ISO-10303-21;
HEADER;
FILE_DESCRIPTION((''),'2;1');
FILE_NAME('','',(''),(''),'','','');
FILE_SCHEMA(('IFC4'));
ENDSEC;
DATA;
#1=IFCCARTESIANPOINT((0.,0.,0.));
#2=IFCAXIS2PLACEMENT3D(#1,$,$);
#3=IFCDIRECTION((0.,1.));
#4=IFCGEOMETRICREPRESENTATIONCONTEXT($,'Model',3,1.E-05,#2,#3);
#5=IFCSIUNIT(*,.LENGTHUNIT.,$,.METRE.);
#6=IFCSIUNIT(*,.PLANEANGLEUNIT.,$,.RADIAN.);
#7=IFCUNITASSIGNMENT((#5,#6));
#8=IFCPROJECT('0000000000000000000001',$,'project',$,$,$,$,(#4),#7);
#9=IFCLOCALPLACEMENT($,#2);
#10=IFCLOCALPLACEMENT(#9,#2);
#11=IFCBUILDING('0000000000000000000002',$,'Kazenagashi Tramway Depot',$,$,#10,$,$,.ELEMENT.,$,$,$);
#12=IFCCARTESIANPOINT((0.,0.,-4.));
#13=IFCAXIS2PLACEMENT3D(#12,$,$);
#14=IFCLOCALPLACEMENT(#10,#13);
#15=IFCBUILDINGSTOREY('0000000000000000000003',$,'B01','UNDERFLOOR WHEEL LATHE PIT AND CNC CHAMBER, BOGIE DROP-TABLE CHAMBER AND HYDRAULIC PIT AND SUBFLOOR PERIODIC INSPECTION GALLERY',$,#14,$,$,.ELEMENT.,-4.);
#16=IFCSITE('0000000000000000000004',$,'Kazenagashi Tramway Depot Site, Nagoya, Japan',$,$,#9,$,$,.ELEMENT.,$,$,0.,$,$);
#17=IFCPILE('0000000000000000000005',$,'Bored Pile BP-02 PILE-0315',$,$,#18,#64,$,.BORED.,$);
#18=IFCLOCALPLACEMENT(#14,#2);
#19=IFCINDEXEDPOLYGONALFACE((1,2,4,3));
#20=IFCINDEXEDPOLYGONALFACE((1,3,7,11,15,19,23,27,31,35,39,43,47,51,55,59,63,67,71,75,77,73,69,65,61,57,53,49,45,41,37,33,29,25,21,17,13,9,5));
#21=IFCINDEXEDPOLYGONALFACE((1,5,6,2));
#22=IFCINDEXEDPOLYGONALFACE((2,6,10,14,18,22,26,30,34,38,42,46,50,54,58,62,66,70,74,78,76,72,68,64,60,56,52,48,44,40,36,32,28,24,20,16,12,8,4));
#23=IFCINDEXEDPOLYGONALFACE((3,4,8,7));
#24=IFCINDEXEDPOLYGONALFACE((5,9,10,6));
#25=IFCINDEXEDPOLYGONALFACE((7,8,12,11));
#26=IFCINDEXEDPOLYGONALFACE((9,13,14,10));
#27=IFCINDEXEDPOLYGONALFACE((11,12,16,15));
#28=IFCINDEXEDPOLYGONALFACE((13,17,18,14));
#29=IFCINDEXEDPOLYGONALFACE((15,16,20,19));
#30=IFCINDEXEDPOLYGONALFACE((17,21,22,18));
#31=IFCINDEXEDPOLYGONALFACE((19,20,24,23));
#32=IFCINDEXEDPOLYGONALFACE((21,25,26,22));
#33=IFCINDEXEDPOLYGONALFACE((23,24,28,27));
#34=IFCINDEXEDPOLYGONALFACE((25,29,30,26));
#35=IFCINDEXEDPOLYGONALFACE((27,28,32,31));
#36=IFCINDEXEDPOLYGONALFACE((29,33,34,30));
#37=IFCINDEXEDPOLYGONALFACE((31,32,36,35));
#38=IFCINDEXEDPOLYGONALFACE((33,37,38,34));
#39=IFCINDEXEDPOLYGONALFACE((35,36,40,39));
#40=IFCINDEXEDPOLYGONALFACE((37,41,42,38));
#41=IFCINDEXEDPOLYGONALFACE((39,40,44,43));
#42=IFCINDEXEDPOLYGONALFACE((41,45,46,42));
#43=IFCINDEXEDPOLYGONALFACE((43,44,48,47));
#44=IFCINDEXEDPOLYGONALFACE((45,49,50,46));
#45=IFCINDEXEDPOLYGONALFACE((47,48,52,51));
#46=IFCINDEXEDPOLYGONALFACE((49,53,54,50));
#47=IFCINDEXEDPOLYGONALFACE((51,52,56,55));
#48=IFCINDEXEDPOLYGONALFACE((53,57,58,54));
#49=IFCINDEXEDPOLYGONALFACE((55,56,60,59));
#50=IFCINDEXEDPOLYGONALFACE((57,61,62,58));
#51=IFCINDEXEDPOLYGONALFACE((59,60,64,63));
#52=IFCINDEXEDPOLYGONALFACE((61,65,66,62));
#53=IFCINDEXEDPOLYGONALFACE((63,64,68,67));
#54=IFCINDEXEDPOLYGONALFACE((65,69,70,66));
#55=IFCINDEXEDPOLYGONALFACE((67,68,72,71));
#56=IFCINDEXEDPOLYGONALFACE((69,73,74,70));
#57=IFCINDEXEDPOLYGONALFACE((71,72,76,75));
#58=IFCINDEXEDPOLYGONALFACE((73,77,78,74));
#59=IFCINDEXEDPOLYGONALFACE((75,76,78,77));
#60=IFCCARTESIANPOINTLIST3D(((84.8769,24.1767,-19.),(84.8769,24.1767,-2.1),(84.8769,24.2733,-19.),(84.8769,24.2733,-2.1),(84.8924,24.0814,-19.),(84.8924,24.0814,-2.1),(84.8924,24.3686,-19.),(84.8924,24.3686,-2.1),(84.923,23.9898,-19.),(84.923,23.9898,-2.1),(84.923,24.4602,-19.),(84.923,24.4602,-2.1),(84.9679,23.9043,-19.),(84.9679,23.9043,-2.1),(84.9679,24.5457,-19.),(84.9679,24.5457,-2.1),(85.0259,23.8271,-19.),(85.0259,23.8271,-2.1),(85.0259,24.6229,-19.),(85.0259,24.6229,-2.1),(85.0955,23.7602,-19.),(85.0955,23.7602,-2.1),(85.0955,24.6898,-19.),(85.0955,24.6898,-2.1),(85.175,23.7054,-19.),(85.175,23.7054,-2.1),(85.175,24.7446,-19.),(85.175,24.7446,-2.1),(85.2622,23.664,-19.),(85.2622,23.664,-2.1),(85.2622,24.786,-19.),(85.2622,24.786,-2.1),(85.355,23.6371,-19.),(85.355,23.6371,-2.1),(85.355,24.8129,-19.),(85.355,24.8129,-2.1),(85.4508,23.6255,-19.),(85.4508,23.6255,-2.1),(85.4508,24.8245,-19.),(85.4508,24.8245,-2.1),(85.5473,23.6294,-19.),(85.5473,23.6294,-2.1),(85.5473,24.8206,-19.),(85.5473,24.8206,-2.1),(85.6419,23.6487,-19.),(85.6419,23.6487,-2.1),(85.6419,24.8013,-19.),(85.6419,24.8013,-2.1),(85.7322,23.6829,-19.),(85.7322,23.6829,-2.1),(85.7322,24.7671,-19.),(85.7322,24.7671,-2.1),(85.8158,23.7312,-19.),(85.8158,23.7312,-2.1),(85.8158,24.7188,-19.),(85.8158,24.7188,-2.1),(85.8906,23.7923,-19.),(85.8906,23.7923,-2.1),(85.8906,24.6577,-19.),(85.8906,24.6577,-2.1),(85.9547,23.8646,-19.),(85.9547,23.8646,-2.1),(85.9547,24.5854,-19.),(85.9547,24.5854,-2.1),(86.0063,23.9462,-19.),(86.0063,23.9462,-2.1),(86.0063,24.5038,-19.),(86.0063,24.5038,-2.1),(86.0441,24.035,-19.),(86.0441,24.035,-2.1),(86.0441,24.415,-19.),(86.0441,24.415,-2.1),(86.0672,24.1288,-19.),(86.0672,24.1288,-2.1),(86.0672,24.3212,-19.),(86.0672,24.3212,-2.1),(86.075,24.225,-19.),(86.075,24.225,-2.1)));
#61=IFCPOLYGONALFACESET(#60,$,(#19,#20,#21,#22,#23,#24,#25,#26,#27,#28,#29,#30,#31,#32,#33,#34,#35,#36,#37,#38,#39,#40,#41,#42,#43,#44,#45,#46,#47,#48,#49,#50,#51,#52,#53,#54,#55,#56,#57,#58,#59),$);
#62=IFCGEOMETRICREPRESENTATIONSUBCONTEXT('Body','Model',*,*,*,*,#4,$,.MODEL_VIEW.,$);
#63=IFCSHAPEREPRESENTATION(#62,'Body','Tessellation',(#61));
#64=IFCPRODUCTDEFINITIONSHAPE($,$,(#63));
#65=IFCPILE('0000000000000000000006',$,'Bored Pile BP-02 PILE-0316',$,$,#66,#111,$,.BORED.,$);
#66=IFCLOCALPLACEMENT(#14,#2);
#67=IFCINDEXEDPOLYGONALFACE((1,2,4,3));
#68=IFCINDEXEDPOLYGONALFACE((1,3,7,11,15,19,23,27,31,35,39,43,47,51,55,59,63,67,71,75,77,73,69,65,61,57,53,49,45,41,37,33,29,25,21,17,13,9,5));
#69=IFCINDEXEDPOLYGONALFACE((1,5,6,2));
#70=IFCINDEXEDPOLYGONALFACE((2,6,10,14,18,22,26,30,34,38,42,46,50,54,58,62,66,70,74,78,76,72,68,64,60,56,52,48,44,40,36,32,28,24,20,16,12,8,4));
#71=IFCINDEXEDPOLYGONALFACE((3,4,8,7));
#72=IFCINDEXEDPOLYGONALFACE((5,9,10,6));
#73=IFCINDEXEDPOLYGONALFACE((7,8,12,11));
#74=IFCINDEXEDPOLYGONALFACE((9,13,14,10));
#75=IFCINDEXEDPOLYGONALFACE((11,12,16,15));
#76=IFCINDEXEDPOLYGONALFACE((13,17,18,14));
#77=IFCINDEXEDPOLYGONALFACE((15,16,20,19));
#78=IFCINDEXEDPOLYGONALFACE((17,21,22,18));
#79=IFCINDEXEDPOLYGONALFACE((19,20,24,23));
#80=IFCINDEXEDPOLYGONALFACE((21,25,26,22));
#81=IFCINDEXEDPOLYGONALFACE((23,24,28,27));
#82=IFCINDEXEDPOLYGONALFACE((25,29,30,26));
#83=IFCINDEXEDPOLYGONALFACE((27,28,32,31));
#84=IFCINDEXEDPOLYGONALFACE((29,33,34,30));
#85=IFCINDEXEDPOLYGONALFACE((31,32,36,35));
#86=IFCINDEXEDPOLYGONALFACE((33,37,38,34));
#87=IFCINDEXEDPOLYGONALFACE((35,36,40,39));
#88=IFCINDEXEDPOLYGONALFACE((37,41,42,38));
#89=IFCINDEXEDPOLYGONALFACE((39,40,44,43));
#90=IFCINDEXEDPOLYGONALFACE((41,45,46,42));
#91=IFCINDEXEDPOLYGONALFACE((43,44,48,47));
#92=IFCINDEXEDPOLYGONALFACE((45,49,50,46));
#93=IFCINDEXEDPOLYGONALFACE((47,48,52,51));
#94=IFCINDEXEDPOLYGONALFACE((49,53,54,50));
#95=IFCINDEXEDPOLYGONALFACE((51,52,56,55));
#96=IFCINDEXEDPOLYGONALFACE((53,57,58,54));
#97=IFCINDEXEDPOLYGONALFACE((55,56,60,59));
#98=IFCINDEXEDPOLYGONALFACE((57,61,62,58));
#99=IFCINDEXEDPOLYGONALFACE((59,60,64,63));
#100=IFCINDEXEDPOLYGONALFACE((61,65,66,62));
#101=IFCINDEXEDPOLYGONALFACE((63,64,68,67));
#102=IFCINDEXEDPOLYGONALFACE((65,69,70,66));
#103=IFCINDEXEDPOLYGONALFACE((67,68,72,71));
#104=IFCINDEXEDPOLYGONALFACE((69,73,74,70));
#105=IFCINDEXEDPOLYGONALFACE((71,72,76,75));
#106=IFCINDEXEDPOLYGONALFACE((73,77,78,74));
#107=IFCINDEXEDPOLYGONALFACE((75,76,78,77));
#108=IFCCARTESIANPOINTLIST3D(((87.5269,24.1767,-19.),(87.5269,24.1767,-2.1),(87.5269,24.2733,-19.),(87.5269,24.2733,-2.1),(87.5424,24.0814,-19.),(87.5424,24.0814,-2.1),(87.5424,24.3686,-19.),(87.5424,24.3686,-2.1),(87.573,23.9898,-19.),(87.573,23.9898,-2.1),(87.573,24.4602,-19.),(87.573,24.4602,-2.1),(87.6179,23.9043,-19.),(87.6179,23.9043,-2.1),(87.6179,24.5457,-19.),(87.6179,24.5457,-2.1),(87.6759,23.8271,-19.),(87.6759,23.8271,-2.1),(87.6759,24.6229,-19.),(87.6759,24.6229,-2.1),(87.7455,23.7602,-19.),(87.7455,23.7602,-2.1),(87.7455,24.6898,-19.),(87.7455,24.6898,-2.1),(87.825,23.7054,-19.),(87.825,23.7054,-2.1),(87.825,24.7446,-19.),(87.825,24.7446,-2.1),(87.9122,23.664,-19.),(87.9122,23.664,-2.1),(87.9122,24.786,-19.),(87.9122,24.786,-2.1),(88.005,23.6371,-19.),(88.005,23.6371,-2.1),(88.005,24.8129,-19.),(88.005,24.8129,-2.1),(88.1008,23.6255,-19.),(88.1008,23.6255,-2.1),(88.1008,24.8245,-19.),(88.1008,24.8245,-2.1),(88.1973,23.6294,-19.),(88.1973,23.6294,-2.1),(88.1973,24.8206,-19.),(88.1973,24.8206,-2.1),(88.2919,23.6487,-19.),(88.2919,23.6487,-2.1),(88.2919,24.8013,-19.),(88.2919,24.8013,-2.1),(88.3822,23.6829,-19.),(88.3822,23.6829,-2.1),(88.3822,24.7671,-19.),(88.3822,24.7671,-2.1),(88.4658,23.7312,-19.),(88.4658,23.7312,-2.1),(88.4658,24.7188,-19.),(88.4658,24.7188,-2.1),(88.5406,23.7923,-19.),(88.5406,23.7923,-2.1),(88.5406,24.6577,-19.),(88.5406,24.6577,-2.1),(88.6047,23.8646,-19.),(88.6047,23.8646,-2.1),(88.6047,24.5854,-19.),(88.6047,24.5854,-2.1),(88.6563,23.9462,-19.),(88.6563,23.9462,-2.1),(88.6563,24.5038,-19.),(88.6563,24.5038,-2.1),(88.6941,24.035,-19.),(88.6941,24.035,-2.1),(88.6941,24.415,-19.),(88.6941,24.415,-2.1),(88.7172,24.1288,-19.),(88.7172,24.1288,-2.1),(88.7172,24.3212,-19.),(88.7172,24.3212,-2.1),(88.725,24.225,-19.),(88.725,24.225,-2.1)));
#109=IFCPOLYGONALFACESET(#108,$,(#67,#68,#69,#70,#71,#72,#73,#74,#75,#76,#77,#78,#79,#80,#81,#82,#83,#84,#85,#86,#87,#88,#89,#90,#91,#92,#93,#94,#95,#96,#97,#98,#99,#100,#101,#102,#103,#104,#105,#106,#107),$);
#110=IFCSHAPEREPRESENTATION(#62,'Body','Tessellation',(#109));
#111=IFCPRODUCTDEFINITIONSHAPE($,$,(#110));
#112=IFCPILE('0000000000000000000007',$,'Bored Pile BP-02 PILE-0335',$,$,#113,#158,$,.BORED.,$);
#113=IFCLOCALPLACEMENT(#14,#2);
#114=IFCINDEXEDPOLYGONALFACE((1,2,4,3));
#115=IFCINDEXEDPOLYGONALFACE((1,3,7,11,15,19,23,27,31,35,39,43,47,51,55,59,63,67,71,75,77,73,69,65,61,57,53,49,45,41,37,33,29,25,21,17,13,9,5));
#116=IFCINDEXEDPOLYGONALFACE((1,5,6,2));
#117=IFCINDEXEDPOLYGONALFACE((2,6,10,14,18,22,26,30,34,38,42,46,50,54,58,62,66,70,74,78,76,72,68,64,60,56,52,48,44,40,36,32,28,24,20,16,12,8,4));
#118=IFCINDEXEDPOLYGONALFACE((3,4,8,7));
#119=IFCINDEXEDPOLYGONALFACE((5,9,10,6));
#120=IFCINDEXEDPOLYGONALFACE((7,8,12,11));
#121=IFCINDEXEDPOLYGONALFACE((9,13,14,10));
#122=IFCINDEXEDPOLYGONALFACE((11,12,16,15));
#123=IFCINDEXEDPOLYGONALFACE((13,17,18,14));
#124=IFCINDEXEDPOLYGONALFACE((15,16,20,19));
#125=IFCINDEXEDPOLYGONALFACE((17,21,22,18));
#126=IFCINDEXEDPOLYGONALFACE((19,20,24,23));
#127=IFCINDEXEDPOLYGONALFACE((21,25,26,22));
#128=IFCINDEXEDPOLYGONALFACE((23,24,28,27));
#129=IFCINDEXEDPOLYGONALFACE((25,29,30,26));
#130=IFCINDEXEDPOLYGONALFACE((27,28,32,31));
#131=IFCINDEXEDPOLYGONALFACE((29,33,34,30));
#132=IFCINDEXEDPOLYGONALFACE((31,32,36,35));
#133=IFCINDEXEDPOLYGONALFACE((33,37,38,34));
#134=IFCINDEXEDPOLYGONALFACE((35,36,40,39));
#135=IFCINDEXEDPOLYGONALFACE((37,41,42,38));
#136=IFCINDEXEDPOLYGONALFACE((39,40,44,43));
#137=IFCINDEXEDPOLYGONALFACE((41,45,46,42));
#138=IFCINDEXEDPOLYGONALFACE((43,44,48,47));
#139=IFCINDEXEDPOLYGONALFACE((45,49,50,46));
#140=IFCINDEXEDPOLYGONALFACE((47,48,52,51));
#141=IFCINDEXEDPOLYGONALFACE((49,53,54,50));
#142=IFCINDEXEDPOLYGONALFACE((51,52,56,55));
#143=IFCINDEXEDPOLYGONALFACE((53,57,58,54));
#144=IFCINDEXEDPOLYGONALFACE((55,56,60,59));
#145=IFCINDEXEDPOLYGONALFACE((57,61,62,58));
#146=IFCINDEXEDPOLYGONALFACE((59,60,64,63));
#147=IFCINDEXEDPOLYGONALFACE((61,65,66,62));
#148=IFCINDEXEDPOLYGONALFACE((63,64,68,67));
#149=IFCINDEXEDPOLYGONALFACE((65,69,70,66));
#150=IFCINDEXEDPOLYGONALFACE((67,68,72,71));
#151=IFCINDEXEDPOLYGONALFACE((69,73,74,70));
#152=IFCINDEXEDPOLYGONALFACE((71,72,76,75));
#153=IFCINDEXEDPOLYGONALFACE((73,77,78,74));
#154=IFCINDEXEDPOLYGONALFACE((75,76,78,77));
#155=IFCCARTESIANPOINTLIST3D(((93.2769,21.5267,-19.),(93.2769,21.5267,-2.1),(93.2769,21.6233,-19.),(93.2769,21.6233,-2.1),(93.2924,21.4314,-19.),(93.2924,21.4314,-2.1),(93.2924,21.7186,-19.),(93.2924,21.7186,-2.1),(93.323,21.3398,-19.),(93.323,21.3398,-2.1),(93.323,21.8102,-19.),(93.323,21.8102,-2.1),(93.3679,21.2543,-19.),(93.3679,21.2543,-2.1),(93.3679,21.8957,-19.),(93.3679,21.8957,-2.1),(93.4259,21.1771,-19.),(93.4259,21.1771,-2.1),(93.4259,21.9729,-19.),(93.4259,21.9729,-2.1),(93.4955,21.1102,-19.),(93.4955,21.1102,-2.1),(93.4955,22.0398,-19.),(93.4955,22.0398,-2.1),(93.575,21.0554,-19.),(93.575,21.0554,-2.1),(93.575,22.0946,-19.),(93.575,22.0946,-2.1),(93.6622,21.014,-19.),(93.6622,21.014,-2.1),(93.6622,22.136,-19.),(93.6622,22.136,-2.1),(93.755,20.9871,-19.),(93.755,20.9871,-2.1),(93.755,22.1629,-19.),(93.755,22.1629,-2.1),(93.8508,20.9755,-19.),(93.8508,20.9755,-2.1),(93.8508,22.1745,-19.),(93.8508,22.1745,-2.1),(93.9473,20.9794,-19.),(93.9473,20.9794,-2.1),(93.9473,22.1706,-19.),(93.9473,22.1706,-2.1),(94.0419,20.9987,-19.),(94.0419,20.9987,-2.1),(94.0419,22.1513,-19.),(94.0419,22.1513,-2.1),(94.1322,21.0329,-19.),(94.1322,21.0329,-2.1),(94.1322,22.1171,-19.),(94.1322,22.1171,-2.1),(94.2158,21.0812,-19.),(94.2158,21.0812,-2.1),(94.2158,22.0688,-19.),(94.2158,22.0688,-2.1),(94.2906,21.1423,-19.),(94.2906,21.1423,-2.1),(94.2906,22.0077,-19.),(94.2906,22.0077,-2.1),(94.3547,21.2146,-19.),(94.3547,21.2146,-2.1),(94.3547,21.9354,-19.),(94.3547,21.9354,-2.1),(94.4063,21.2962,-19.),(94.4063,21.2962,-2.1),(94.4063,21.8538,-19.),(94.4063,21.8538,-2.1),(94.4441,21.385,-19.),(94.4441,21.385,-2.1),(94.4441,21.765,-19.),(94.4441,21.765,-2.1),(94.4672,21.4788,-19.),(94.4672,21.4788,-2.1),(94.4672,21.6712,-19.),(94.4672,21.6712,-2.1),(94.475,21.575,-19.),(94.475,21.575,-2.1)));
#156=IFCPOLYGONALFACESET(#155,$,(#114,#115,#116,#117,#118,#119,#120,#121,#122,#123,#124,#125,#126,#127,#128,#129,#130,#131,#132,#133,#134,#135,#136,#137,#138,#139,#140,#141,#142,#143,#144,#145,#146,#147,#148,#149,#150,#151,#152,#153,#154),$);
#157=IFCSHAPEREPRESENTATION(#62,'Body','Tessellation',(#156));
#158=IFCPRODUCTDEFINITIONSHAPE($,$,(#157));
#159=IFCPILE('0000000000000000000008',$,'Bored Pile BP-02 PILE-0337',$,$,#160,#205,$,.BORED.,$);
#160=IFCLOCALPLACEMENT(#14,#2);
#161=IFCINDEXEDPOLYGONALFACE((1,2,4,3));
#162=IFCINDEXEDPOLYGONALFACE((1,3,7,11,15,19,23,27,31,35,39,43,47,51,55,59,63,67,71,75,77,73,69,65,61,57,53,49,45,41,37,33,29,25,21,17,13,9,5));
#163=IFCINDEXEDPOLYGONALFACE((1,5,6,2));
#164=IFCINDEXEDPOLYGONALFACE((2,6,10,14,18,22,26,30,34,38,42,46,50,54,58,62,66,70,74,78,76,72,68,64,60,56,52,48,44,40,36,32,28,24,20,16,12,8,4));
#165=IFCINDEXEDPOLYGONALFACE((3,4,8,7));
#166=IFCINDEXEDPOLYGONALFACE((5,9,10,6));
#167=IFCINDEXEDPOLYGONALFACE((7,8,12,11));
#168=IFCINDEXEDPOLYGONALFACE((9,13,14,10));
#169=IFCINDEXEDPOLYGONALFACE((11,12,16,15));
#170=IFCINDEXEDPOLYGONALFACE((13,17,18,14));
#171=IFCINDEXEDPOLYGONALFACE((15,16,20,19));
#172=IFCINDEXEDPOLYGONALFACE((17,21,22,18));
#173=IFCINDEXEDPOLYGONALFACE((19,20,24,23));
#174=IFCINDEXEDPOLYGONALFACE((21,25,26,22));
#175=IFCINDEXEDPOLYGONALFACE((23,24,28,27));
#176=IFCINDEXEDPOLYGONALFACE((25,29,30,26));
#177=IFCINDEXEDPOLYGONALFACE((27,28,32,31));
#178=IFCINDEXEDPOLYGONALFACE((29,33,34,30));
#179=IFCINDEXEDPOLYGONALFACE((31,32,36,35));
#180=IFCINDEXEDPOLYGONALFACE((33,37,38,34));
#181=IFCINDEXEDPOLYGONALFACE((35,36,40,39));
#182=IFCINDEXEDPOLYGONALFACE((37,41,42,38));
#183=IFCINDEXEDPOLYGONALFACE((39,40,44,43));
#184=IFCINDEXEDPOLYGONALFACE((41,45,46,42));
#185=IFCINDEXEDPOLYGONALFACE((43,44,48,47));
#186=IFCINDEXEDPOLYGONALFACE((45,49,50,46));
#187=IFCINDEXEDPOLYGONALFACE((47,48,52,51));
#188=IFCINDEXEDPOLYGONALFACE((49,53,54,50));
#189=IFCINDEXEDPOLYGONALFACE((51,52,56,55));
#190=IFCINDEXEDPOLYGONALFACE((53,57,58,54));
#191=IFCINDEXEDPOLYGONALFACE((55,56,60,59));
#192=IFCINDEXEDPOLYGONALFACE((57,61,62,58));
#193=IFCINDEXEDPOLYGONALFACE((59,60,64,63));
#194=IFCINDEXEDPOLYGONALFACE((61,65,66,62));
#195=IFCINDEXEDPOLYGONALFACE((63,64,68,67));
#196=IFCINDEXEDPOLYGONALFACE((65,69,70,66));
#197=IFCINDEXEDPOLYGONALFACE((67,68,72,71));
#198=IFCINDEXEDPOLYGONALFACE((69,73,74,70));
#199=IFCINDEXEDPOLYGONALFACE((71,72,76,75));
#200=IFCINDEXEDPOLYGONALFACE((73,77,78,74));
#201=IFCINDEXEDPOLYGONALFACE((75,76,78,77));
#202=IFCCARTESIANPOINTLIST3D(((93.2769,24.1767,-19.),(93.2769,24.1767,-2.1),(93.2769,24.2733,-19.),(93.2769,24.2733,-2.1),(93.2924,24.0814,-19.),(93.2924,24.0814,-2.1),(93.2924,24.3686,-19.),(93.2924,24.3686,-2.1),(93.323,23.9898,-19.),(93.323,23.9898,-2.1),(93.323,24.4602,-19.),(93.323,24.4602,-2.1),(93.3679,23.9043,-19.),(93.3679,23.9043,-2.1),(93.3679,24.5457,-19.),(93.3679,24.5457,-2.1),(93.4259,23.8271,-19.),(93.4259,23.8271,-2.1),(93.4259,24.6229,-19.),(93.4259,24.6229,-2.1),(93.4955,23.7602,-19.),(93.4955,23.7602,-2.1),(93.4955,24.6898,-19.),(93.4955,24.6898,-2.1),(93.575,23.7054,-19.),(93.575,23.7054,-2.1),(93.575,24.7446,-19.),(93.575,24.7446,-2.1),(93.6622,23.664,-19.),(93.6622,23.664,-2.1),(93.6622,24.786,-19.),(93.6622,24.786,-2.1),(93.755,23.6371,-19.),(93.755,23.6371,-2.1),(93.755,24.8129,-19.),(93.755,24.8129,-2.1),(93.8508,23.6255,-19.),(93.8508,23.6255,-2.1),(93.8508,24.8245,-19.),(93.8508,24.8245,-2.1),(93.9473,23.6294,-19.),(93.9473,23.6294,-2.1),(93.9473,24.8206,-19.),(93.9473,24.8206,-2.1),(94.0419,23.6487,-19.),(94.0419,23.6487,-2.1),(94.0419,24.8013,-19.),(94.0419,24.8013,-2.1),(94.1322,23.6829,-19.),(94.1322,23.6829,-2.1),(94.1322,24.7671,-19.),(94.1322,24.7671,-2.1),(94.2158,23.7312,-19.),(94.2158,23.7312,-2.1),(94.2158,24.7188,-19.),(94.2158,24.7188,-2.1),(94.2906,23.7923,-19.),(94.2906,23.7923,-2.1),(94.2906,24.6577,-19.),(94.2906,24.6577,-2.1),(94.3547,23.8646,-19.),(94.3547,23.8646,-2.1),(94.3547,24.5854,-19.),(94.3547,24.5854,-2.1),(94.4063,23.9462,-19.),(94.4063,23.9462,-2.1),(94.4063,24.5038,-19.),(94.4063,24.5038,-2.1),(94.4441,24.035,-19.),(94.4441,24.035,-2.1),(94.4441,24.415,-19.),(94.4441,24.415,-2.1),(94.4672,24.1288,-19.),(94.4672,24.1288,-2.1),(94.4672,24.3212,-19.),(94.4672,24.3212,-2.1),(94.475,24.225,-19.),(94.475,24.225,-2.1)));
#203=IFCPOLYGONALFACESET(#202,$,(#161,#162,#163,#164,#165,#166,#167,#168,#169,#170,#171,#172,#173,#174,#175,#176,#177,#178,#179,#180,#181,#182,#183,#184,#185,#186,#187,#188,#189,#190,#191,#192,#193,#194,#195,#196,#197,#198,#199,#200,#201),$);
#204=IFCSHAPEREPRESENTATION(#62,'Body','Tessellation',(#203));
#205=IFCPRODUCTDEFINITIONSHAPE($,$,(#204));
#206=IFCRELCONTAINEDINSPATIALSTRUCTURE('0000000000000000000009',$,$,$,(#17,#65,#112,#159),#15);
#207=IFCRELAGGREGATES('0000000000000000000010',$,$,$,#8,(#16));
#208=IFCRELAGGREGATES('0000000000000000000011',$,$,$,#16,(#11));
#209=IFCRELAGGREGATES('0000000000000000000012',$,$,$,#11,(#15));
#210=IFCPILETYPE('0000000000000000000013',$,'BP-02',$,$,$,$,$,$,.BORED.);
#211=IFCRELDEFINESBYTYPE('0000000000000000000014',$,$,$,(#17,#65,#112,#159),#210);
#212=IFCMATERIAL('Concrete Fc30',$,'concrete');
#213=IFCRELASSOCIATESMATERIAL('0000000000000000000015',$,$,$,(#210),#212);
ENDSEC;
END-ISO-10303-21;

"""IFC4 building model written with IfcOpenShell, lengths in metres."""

from ifc_helpers import new_model, si_unit, direction, frame, origin, origin_2d, place, context, subcontext, project, spatial, circle, extrude, material, material_profile, profile_set, type_object, element, save


model = new_model("IFC4")

# Units and contexts
model_context = context("Model", 3, precision=1e-05, world=origin(), true_north=direction((0.0, 1.0)))
body_context = subcontext(model_context, "Body", "Model", "MODEL_VIEW")
ifc_project = project(units=[si_unit("LENGTHUNIT", "METRE"), si_unit("PLANEANGLEUNIT", "RADIAN")], contexts=[model_context])

# Site, building, storey
site_placement = place(None, origin())
site = spatial("IfcSite", under=ifc_project, at=site_placement, Name="Kazenagashi Tramway Depot Site, Nagoya, Japan", CompositionType="ELEMENT", RefElevation=0.0)
building_placement = place(site_placement, origin())
building = spatial("IfcBuilding", under=site, at=building_placement, Name="Kazenagashi Tramway Depot", CompositionType="ELEMENT")
storey_placement = place(building_placement, frame((0.0, 0.0, -4.0)))
storey = spatial("IfcBuildingStorey", under=building, at=storey_placement, Name="B01", Description="UNDERFLOOR WHEEL LATHE PIT AND CNC CHAMBER, BOGIE DROP-TABLE CHAMBER AND HYDRAULIC PIT AND SUBFLOOR PERIODIC INSPECTION GALLERY", CompositionType="ELEMENT", Elevation=-4.0)

# Piles
ifc_material_1 = material(Name="Concrete Fc30", Category="concrete")
ifc_material_profile_1 = material_profile(ifc_material_1, circle(Radius=0.6, at=origin_2d()), Name="PILE-1200")
ifc_profile_set_1 = profile_set([ifc_material_profile_1], Name="Concrete Fc30")
pile_type_1 = type_object("IfcPileType", Name="BP-02", PredefinedType="BORED", material=ifc_profile_set_1)
for number, where, z_axis, x_axis, name in (
    (1, (85.475, 24.225, -2.1), (0.0, 0.0, -1.0), (1.0, 0.0, 0.0), "Bored Pile BP-02 PILE-0315"),
    (2, (88.125, 24.225, -2.1), (0.0, 0.0, -1.0), (1.0, 0.0, 0.0), "Bored Pile BP-02 PILE-0316"),
    (3, (93.875, 21.575, -2.1), (0.0, 0.0, -1.0), (1.0, 0.0, 0.0), "Bored Pile BP-02 PILE-0335"),
    (4, (93.875, 24.225, -2.1), (0.0, 0.0, -1.0), (1.0, 0.0, 0.0), "Bored Pile BP-02 PILE-0337"),
):
    element("IfcPile", number, at=place(storey_placement, frame(where, z_axis=z_axis, x_axis=x_axis)), inside=storey, type_object=pile_type_1, Name=name, PredefinedType="BORED", context=body_context, shape_type="SweptSolid", body=[
        extrude(circle(Radius=0.6, at=origin_2d()), origin(), (0.0, 0.0, 1.0), 16.9),
    ])

save(model, "model.ifc")
